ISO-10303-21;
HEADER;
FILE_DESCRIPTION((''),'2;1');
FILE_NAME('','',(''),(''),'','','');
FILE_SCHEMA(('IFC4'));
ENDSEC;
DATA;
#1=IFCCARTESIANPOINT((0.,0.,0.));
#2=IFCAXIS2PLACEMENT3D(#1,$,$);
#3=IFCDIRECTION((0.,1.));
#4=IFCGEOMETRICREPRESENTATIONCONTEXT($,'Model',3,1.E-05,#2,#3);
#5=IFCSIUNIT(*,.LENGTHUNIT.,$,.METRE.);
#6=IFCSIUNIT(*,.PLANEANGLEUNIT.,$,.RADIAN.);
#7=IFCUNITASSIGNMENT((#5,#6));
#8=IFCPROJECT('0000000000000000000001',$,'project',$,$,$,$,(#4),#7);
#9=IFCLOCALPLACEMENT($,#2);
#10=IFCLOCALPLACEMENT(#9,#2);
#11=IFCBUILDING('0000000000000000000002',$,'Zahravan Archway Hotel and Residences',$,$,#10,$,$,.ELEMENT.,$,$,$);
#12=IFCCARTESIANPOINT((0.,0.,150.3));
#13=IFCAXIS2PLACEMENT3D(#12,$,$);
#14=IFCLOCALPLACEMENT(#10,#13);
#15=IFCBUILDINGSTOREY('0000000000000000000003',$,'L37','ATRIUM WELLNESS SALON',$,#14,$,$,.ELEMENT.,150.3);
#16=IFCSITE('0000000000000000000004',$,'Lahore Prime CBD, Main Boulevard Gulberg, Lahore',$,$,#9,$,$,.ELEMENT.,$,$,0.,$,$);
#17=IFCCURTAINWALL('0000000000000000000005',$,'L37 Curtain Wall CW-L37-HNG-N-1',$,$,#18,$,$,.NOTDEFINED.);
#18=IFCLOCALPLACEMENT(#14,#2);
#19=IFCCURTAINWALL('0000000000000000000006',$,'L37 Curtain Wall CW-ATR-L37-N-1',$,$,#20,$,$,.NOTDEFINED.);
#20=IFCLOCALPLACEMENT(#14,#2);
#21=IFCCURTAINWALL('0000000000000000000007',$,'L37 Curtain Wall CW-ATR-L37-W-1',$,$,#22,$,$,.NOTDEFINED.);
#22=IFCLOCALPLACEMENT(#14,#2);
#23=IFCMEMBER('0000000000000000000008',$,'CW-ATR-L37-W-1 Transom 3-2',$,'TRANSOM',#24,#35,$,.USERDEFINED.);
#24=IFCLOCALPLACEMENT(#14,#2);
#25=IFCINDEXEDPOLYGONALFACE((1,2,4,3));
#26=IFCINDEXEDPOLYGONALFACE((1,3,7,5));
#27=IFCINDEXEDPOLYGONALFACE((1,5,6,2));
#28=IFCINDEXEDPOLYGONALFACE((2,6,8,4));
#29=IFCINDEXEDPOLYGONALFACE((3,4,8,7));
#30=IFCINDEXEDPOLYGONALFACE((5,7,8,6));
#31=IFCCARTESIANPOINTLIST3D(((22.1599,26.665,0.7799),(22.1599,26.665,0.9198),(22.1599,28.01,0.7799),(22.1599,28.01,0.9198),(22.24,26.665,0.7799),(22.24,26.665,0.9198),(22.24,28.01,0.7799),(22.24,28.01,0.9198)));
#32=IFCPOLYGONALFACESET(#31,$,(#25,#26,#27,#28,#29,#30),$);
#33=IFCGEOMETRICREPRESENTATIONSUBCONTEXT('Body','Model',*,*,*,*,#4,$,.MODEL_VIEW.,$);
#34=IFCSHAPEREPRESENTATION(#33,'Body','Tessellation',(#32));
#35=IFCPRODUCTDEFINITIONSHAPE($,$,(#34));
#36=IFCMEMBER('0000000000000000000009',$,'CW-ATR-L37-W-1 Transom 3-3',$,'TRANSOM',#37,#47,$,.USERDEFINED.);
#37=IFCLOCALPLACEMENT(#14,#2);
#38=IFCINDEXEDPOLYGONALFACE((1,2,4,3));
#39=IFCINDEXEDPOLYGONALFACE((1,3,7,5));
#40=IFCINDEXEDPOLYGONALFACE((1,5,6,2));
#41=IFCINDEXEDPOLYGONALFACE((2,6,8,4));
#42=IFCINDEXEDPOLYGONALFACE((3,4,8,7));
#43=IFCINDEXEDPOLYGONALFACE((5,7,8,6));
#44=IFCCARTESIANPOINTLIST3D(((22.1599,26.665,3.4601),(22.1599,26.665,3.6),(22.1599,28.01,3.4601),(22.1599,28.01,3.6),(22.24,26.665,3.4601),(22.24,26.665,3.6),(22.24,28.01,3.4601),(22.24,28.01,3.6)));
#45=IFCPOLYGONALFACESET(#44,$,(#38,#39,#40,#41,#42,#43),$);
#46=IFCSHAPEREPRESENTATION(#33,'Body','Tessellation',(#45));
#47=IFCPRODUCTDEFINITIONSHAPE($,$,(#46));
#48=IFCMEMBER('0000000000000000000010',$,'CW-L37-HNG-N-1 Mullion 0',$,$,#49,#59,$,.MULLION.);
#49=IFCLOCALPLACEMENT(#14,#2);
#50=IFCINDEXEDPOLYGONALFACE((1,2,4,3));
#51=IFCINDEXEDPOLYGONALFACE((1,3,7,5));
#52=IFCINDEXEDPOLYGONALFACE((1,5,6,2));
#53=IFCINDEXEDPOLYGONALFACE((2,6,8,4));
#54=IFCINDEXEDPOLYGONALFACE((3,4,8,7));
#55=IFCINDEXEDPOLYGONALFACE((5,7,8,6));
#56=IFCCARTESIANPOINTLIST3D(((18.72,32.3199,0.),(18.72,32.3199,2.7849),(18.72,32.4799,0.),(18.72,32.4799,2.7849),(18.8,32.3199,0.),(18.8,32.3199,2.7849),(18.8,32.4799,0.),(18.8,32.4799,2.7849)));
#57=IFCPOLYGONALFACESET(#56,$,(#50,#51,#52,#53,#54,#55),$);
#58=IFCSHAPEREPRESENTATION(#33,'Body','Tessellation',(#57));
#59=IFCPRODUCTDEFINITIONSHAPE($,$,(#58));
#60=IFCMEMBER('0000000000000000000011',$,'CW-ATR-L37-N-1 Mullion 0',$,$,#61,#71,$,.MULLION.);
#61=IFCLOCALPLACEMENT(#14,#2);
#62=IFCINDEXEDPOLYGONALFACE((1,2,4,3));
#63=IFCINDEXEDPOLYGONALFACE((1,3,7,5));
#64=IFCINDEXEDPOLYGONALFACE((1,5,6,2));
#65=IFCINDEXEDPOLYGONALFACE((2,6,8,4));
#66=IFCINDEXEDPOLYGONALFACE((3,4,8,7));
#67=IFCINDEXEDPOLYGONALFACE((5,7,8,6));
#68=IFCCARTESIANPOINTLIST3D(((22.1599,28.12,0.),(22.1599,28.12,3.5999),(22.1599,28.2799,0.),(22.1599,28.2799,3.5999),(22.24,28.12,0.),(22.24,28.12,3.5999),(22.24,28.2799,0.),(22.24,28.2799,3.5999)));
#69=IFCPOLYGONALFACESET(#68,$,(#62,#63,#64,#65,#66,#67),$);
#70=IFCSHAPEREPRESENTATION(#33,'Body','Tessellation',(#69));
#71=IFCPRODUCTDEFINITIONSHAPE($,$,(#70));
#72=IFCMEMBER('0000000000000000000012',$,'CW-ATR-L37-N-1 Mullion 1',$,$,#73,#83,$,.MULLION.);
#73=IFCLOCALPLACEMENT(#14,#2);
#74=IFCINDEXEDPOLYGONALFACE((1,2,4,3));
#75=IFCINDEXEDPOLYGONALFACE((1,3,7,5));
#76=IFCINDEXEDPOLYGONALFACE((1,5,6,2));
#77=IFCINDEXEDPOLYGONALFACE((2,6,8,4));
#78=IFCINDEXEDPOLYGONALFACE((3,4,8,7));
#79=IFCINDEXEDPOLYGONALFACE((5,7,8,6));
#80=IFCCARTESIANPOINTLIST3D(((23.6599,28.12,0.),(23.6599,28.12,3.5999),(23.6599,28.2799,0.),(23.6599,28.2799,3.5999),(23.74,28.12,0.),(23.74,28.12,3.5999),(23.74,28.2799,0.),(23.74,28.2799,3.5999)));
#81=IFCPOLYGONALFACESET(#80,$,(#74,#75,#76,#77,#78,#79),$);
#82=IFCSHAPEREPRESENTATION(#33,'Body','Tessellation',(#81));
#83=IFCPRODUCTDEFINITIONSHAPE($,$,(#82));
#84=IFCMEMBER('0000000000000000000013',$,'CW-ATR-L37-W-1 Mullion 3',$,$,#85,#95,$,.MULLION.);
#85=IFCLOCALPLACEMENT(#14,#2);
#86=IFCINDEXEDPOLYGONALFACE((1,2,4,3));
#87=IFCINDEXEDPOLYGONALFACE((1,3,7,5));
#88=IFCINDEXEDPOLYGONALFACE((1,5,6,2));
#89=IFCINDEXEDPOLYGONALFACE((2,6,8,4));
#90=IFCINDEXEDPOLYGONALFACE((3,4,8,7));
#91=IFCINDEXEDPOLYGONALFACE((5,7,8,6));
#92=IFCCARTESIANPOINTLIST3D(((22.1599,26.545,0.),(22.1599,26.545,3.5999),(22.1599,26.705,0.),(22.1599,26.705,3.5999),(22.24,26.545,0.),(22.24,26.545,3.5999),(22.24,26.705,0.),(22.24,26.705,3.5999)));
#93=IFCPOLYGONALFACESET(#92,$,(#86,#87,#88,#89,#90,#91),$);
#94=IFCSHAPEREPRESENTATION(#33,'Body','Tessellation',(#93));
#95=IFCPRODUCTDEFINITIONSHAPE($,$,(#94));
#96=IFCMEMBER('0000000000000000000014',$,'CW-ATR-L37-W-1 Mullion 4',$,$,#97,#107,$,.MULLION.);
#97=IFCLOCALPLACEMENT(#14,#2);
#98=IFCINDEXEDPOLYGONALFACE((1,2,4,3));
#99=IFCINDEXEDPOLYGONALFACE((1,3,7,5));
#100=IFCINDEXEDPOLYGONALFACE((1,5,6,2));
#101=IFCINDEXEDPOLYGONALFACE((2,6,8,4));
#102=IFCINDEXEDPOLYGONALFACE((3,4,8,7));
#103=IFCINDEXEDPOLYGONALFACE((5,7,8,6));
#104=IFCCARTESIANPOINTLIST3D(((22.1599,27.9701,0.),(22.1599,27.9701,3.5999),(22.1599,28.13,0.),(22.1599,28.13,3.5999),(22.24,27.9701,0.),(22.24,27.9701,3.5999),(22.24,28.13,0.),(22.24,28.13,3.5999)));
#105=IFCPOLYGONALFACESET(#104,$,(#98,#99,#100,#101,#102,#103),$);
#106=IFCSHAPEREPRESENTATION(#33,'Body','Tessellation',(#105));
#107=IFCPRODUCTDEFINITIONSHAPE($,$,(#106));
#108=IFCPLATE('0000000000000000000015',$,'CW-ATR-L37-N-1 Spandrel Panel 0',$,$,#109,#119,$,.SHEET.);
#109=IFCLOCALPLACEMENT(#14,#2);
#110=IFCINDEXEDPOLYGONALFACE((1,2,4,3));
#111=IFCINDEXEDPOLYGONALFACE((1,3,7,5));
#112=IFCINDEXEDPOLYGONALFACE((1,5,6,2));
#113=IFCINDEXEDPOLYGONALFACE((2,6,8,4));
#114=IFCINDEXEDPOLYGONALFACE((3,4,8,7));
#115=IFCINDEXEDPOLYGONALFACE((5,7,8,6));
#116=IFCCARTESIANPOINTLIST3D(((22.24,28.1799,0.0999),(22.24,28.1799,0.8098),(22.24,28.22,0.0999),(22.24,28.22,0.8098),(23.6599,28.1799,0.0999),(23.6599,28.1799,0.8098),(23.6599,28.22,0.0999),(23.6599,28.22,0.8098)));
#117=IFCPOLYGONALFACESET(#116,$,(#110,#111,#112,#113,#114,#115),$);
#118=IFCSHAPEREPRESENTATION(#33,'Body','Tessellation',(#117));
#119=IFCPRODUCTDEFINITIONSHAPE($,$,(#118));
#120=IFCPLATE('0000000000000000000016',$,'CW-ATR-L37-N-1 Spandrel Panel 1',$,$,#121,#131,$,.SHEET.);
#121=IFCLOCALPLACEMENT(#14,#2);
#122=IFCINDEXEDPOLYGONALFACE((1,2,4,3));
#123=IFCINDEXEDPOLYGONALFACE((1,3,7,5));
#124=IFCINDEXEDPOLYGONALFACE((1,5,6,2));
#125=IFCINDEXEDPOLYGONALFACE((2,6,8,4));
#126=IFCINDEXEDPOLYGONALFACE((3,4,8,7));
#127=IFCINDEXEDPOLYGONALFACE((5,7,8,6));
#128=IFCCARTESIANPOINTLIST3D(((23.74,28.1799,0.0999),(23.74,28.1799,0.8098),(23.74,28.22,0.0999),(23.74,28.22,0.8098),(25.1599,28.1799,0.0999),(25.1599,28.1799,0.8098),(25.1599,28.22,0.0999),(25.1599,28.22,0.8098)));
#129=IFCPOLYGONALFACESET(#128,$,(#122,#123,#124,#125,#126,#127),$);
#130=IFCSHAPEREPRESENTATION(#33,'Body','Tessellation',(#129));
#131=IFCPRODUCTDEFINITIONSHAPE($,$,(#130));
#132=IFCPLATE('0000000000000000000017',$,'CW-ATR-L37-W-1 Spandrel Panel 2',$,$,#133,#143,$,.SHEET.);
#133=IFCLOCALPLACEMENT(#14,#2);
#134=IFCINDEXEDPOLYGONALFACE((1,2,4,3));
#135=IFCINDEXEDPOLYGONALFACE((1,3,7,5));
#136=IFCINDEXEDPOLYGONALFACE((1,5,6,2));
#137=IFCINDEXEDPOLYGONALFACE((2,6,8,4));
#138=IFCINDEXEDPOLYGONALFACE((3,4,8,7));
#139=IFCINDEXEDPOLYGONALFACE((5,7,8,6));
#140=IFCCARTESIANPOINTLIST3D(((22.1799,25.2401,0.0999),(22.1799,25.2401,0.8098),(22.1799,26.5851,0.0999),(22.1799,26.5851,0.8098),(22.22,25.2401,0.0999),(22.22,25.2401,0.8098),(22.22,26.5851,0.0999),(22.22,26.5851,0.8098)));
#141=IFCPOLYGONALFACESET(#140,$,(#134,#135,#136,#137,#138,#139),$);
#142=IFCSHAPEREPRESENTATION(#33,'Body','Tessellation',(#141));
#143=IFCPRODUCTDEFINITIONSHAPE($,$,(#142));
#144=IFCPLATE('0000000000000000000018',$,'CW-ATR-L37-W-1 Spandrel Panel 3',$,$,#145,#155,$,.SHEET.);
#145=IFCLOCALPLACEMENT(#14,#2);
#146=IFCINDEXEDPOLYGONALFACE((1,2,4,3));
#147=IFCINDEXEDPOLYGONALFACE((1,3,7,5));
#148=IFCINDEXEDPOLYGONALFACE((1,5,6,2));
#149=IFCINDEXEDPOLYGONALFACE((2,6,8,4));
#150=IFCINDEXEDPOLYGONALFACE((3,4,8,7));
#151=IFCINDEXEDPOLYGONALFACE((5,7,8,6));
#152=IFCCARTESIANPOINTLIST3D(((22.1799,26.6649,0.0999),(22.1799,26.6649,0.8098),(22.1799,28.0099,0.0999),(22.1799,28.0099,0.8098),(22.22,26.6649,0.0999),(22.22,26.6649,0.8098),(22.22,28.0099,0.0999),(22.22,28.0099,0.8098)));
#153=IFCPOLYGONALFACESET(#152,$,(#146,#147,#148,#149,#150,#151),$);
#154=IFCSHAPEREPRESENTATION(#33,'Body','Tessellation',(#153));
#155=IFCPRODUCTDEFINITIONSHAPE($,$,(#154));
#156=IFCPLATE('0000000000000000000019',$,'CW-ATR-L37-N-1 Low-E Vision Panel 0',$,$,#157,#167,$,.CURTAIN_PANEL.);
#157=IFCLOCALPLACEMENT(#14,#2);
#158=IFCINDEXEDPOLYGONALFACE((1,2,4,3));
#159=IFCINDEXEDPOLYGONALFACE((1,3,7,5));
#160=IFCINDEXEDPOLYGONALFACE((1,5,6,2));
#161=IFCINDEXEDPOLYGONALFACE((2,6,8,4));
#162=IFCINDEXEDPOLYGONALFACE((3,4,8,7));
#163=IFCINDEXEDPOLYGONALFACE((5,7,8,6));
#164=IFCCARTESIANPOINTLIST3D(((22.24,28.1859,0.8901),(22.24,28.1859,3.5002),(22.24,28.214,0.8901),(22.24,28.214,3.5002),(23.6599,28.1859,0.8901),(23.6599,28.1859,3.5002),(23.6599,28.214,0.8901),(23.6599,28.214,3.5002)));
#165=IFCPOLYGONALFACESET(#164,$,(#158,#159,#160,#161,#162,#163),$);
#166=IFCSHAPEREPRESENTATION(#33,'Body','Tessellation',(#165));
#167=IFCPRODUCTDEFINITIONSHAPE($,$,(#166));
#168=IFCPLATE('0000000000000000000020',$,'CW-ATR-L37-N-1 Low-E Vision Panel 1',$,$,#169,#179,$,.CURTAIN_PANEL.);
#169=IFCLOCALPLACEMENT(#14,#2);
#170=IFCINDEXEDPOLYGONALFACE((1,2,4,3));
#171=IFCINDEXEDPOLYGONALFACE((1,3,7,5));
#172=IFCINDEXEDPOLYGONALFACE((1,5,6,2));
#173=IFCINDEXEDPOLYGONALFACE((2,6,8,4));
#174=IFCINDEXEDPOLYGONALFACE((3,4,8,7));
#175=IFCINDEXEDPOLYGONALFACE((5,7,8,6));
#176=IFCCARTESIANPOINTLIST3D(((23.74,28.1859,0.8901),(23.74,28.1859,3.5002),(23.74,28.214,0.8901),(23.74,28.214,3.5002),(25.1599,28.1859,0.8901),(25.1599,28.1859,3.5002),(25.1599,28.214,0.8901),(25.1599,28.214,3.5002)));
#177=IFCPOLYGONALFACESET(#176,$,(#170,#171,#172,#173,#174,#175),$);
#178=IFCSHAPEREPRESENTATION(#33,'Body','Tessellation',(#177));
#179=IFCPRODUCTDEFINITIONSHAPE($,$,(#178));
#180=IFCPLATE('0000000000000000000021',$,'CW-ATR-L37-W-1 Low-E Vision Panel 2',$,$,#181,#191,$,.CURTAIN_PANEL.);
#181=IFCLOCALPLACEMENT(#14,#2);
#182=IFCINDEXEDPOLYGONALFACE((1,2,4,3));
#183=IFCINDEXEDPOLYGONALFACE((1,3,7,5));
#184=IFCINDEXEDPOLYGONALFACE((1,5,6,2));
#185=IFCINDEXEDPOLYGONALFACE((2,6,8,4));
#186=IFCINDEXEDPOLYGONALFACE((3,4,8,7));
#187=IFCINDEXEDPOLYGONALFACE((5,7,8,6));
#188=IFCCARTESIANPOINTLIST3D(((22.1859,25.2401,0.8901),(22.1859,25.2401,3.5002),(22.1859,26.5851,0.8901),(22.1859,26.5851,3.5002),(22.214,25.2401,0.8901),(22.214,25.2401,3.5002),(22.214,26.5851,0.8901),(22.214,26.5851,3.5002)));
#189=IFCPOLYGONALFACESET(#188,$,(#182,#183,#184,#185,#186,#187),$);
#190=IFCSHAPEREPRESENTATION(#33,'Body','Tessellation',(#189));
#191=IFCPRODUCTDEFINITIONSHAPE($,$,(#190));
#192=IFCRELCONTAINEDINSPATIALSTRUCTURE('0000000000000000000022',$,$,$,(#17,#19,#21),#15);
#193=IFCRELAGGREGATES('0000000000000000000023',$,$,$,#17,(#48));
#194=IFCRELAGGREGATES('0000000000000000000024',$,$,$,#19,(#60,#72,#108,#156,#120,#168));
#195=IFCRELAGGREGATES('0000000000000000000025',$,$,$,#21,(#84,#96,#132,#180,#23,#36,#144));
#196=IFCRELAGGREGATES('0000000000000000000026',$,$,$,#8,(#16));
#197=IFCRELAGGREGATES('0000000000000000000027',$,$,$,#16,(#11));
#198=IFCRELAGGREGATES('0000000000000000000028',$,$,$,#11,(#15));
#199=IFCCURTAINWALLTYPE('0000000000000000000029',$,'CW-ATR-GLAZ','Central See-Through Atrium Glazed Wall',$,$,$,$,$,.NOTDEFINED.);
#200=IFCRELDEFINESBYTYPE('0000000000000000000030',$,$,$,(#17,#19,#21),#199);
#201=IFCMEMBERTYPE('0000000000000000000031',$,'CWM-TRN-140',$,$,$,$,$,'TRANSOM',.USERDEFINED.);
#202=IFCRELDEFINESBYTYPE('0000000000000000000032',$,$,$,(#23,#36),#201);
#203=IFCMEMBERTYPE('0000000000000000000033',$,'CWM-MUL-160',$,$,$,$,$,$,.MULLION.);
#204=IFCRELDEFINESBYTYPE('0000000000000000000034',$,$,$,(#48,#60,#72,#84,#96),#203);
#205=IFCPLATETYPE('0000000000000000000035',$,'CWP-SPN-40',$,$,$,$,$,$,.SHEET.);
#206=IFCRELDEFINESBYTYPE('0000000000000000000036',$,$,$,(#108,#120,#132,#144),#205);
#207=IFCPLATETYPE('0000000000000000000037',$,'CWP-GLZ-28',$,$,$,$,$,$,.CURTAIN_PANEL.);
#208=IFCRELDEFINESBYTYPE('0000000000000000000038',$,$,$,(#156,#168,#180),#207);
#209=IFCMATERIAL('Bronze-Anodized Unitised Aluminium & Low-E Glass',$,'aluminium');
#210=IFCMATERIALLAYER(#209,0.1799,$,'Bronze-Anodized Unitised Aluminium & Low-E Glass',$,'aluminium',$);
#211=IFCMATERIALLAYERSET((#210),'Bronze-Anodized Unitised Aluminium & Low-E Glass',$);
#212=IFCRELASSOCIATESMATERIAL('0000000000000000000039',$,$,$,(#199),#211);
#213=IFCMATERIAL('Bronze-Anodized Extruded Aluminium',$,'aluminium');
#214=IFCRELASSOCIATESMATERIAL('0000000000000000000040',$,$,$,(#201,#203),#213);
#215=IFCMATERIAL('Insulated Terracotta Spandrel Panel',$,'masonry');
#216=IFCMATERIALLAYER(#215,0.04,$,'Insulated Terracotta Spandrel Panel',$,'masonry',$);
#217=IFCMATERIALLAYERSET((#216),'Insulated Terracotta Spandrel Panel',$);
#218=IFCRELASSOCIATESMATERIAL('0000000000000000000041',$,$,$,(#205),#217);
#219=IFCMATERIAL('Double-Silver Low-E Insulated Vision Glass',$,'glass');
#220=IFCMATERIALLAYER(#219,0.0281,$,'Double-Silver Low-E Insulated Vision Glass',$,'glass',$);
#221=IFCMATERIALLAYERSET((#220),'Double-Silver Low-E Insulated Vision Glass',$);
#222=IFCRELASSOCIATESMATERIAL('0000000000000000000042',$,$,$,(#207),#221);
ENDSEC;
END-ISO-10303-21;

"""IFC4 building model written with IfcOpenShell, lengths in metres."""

from ifc_helpers import new_model, si_unit, direction, frame, origin, origin_2d, place, context, subcontext, project, spatial, rectangle, extrude, source, transform, mapped, material, layer, layer_set, material_profile, profile_set, type_object, element, aggregate, save


model = new_model("IFC4")

# Units and contexts
model_context = context("Model", 3, precision=1e-05, world=origin(), true_north=direction((0.0, 1.0)))
body_context = subcontext(model_context, "Body", "Model", "MODEL_VIEW")
ifc_project = project(units=[si_unit("LENGTHUNIT", "METRE"), si_unit("PLANEANGLEUNIT", "RADIAN")], contexts=[model_context])

# Site, building, storey
site_placement = place(None, origin())
site = spatial("IfcSite", under=ifc_project, at=site_placement, Name="Lahore Prime CBD, Main Boulevard Gulberg, Lahore", CompositionType="ELEMENT", RefElevation=0.0)
building_placement = place(site_placement, origin())
building = spatial("IfcBuilding", under=site, at=building_placement, Name="Zahravan Archway Hotel and Residences", CompositionType="ELEMENT")
storey_placement = place(building_placement, frame((0.0, 0.0, 150.3)))
storey = spatial("IfcBuildingStorey", under=building, at=storey_placement, Name="L37", Description="ATRIUM WELLNESS SALON", CompositionType="ELEMENT", Elevation=150.3)

# Curtain walls, members
ifc_material_1 = material(Name="Bronze-Anodized Unitised Aluminium & Low-E Glass", Category="aluminium")
ifc_layer_1 = layer(ifc_material_1, 0.1799, Name="Bronze-Anodized Unitised Aluminium & Low-E Glass", Category="aluminium")
ifc_layer_set_1 = layer_set([ifc_layer_1], Name="Bronze-Anodized Unitised Aluminium & Low-E Glass")
curtain_wall_type = type_object("IfcCurtainWallType", Name="CW-ATR-GLAZ", Description="Central See-Through Atrium Glazed Wall", PredefinedType="NOTDEFINED", material=ifc_layer_set_1)
curtain_wall_1_placement = place(storey_placement, origin())
curtain_wall_1 = element("IfcCurtainWall", 1, at=curtain_wall_1_placement, inside=storey, type_object=curtain_wall_type, Name="L37 Curtain Wall CW-L37-HNG-N-1", PredefinedType="NOTDEFINED")
ifc_material_2 = material(Name="Bronze-Anodized Extruded Aluminium", Category="aluminium")
ifc_material_profile_1 = material_profile(ifc_material_2, rectangle(XDim=0.0801, YDim=0.1399, at=origin_2d()), Name="TRN 80x140", Category="aluminium")
ifc_profile_set_1 = profile_set([ifc_material_profile_1], Name="Bronze-Anodized Extruded Aluminium")
member_type_1 = type_object("IfcMemberType", Name="CWM-TRN-140", ElementType="TRANSOM", PredefinedType="USERDEFINED", material=ifc_profile_set_1)
curtain_wall_2_placement = place(storey_placement, origin())
curtain_wall_2 = element("IfcCurtainWall", 2, at=curtain_wall_2_placement, inside=storey, type_object=curtain_wall_type, Name="L37 Curtain Wall CW-ATR-L37-N-1", PredefinedType="NOTDEFINED")
curtain_wall_3_placement = place(storey_placement, origin())
curtain_wall_3 = element("IfcCurtainWall", 3, at=curtain_wall_3_placement, inside=storey, type_object=curtain_wall_type, Name="L37 Curtain Wall CW-ATR-L37-W-1", PredefinedType="NOTDEFINED")
shared_shape_1 = source(origin(), body_context, "Body", "SweptSolid", [
    extrude(rectangle(XDim=0.0801, YDim=0.1399, at=origin_2d()), origin(), (0.0, 0.0, 1.0), 1.345),
])
member_1_placement = place(storey_placement, frame((22.2, 26.665, 0.8499), z_axis=(0.0, 1.0, 0.0), x_axis=(-1.0, 0.0, 0.0)))
member_1 = element("IfcMember", 4, at=member_1_placement, type_object=member_type_1, Name="CW-ATR-L37-W-1 Transom 3-2", ObjectType="TRANSOM", PredefinedType="USERDEFINED", context=body_context, shape_type="MappedRepresentation", body=[
    mapped(shared_shape_1, transform((0.0, 0.0, 0.0), scale=1.0)),
])
member_2_placement = place(storey_placement, frame((22.2, 26.665, 3.53), z_axis=(0.0, 1.0, 0.0), x_axis=(-1.0, 0.0, 0.0)))
member_2 = element("IfcMember", 5, at=member_2_placement, type_object=member_type_1, Name="CW-ATR-L37-W-1 Transom 3-3", ObjectType="TRANSOM", PredefinedType="USERDEFINED", context=body_context, shape_type="MappedRepresentation", body=[
    mapped(shared_shape_1, transform((0.0, 0.0, 0.0), scale=1.0)),
])

# Members
ifc_material_profile_2 = material_profile(ifc_material_2, rectangle(XDim=0.0801, YDim=0.1599, at=origin_2d()), Name="MUL 80x160", Category="aluminium")
ifc_profile_set_2 = profile_set([ifc_material_profile_2], Name="Bronze-Anodized Extruded Aluminium")
member_type_2 = type_object("IfcMemberType", Name="CWM-MUL-160", PredefinedType="MULLION", material=ifc_profile_set_2)
shared_shape_2 = source(origin(), body_context, "Body", "SweptSolid", [
    extrude(rectangle(XDim=0.0801, YDim=0.1599, at=origin_2d()), origin(), (0.0, 0.0, 1.0), 2.7849),
])
member_3_placement = place(storey_placement, frame((18.76, 32.3999, 0.0), z_axis=(0.0, 0.0, 1.0), x_axis=(1.0, 0.0, 0.0)))
member_3 = element("IfcMember", 6, at=member_3_placement, type_object=member_type_2, Name="CW-L37-HNG-N-1 Mullion 0", PredefinedType="MULLION", context=body_context, shape_type="MappedRepresentation", body=[
    mapped(shared_shape_2, transform((0.0, 0.0, 0.0), scale=1.0)),
])
aggregate(curtain_wall_1, [member_3])
shared_shape_3 = source(origin(), body_context, "Body", "SweptSolid", [
    extrude(rectangle(XDim=0.0801, YDim=0.1599, at=origin_2d()), origin(), (0.0, 0.0, 1.0), 3.5999),
])
member_4_placement = place(storey_placement, frame((22.2, 28.2, 0.0), z_axis=(0.0, 0.0, 1.0), x_axis=(1.0, 0.0, 0.0)))
member_4 = element("IfcMember", 7, at=member_4_placement, type_object=member_type_2, Name="CW-ATR-L37-N-1 Mullion 0", PredefinedType="MULLION", context=body_context, shape_type="MappedRepresentation", body=[
    mapped(shared_shape_3, transform((0.0, 0.0, 0.0), scale=1.0)),
])
member_5_placement = place(storey_placement, frame((23.7, 28.2, 0.0), z_axis=(0.0, 0.0, 1.0), x_axis=(1.0, 0.0, 0.0)))
member_5 = element("IfcMember", 8, at=member_5_placement, type_object=member_type_2, Name="CW-ATR-L37-N-1 Mullion 1", PredefinedType="MULLION", context=body_context, shape_type="MappedRepresentation", body=[
    mapped(shared_shape_3, transform((0.0, 0.0, 0.0), scale=1.0)),
])
member_6_placement = place(storey_placement, frame((22.2, 26.625, 0.0), z_axis=(0.0, 0.0, 1.0), x_axis=(1.0, 0.0, 0.0)))
member_6 = element("IfcMember", 9, at=member_6_placement, type_object=member_type_2, Name="CW-ATR-L37-W-1 Mullion 3", PredefinedType="MULLION", context=body_context, shape_type="MappedRepresentation", body=[
    mapped(shared_shape_3, transform((0.0, 0.0, 0.0), scale=1.0)),
])
member_7_placement = place(storey_placement, frame((22.2, 28.05, 0.0), z_axis=(0.0, 0.0, 1.0), x_axis=(1.0, 0.0, 0.0)))
member_7 = element("IfcMember", 10, at=member_7_placement, type_object=member_type_2, Name="CW-ATR-L37-W-1 Mullion 4", PredefinedType="MULLION", context=body_context, shape_type="MappedRepresentation", body=[
    mapped(shared_shape_3, transform((0.0, 0.0, 0.0), scale=1.0)),
])

# Plates
ifc_material_3 = material(Name="Insulated Terracotta Spandrel Panel", Category="masonry")
ifc_layer_2 = layer(ifc_material_3, 0.04, Name="Insulated Terracotta Spandrel Panel", Category="masonry")
ifc_layer_set_2 = layer_set([ifc_layer_2], Name="Insulated Terracotta Spandrel Panel")
plate_type_1 = type_object("IfcPlateType", Name="CWP-SPN-40", PredefinedType="SHEET", material=ifc_layer_set_2)
shared_shape_4 = source(origin(), body_context, "Body", "SweptSolid", [
    extrude(rectangle(XDim=1.4199, YDim=0.04, at=origin_2d()), origin(), (0.0, 0.0, 1.0), 0.71),
])
plate_1_placement = place(storey_placement, frame((22.95, 28.2, 0.0999), z_axis=(0.0, 0.0, 1.0), x_axis=(1.0, 0.0, 0.0)))
plate_1 = element("IfcPlate", 11, at=plate_1_placement, type_object=plate_type_1, Name="CW-ATR-L37-N-1 Spandrel Panel 0", PredefinedType="SHEET", context=body_context, shape_type="MappedRepresentation", body=[
    mapped(shared_shape_4, transform((0.0, 0.0, 0.0), scale=1.0)),
])
plate_2_placement = place(storey_placement, frame((24.45, 28.2, 0.0999), z_axis=(0.0, 0.0, 1.0), x_axis=(1.0, 0.0, 0.0)))
plate_2 = element("IfcPlate", 12, at=plate_2_placement, type_object=plate_type_1, Name="CW-ATR-L37-N-1 Spandrel Panel 1", PredefinedType="SHEET", context=body_context, shape_type="MappedRepresentation", body=[
    mapped(shared_shape_4, transform((0.0, 0.0, 0.0), scale=1.0)),
])
shared_shape_5 = source(origin(), body_context, "Body", "SweptSolid", [
    extrude(rectangle(XDim=1.345, YDim=0.04, at=origin_2d()), origin(), (0.0, 0.0, 1.0), 0.71),
])
plate_3_placement = place(storey_placement, frame((22.2, 25.9126, 0.0999), z_axis=(0.0, 0.0, 1.0), x_axis=(0.0, 1.0, 0.0)))
plate_3 = element("IfcPlate", 13, at=plate_3_placement, type_object=plate_type_1, Name="CW-ATR-L37-W-1 Spandrel Panel 2", PredefinedType="SHEET", context=body_context, shape_type="MappedRepresentation", body=[
    mapped(shared_shape_5, transform((0.0, 0.0, 0.0), scale=1.0)),
])
plate_4_placement = place(storey_placement, frame((22.2, 27.3374, 0.0999), z_axis=(0.0, 0.0, 1.0), x_axis=(0.0, 1.0, 0.0)))
plate_4 = element("IfcPlate", 14, at=plate_4_placement, type_object=plate_type_1, Name="CW-ATR-L37-W-1 Spandrel Panel 3", PredefinedType="SHEET", context=body_context, shape_type="MappedRepresentation", body=[
    mapped(shared_shape_5, transform((0.0, 0.0, 0.0), scale=1.0)),
])
ifc_material_4 = material(Name="Double-Silver Low-E Insulated Vision Glass", Category="glass")
ifc_layer_3 = layer(ifc_material_4, 0.0281, Name="Double-Silver Low-E Insulated Vision Glass", Category="glass")
ifc_layer_set_3 = layer_set([ifc_layer_3], Name="Double-Silver Low-E Insulated Vision Glass")
plate_type_2 = type_object("IfcPlateType", Name="CWP-GLZ-28", PredefinedType="CURTAIN_PANEL", material=ifc_layer_set_3)
shared_shape_6 = source(origin(), body_context, "Body", "SweptSolid", [
    extrude(rectangle(XDim=1.4199, YDim=0.0281, at=origin_2d()), origin(), (0.0, 0.0, 1.0), 2.6101),
])
plate_5_placement = place(storey_placement, frame((22.95, 28.2, 0.8901), z_axis=(0.0, 0.0, 1.0), x_axis=(1.0, 0.0, 0.0)))
plate_5 = element("IfcPlate", 15, at=plate_5_placement, type_object=plate_type_2, Name="CW-ATR-L37-N-1 Low-E Vision Panel 0", PredefinedType="CURTAIN_PANEL", context=body_context, shape_type="MappedRepresentation", body=[
    mapped(shared_shape_6, transform((0.0, 0.0, 0.0), scale=1.0)),
])
plate_6_placement = place(storey_placement, frame((24.45, 28.2, 0.8901), z_axis=(0.0, 0.0, 1.0), x_axis=(1.0, 0.0, 0.0)))
plate_6 = element("IfcPlate", 16, at=plate_6_placement, type_object=plate_type_2, Name="CW-ATR-L37-N-1 Low-E Vision Panel 1", PredefinedType="CURTAIN_PANEL", context=body_context, shape_type="MappedRepresentation", body=[
    mapped(shared_shape_6, transform((0.0, 0.0, 0.0), scale=1.0)),
])
aggregate(curtain_wall_2, [member_4, member_5, plate_1, plate_5, plate_2, plate_6])
shared_shape_7 = source(origin(), body_context, "Body", "SweptSolid", [
    extrude(rectangle(XDim=1.345, YDim=0.0281, at=origin_2d()), origin(), (0.0, 0.0, 1.0), 2.6101),
])
plate_7_placement = place(storey_placement, frame((22.2, 25.9126, 0.8901), z_axis=(0.0, 0.0, 1.0), x_axis=(0.0, 1.0, 0.0)))
plate_7 = element("IfcPlate", 17, at=plate_7_placement, type_object=plate_type_2, Name="CW-ATR-L37-W-1 Low-E Vision Panel 2", PredefinedType="CURTAIN_PANEL", context=body_context, shape_type="MappedRepresentation", body=[
    mapped(shared_shape_7, transform((0.0, 0.0, 0.0), scale=1.0)),
])
aggregate(curtain_wall_3, [member_6, member_7, plate_3, plate_7, member_1, member_2, plate_4])

save(model, "model.ifc")
